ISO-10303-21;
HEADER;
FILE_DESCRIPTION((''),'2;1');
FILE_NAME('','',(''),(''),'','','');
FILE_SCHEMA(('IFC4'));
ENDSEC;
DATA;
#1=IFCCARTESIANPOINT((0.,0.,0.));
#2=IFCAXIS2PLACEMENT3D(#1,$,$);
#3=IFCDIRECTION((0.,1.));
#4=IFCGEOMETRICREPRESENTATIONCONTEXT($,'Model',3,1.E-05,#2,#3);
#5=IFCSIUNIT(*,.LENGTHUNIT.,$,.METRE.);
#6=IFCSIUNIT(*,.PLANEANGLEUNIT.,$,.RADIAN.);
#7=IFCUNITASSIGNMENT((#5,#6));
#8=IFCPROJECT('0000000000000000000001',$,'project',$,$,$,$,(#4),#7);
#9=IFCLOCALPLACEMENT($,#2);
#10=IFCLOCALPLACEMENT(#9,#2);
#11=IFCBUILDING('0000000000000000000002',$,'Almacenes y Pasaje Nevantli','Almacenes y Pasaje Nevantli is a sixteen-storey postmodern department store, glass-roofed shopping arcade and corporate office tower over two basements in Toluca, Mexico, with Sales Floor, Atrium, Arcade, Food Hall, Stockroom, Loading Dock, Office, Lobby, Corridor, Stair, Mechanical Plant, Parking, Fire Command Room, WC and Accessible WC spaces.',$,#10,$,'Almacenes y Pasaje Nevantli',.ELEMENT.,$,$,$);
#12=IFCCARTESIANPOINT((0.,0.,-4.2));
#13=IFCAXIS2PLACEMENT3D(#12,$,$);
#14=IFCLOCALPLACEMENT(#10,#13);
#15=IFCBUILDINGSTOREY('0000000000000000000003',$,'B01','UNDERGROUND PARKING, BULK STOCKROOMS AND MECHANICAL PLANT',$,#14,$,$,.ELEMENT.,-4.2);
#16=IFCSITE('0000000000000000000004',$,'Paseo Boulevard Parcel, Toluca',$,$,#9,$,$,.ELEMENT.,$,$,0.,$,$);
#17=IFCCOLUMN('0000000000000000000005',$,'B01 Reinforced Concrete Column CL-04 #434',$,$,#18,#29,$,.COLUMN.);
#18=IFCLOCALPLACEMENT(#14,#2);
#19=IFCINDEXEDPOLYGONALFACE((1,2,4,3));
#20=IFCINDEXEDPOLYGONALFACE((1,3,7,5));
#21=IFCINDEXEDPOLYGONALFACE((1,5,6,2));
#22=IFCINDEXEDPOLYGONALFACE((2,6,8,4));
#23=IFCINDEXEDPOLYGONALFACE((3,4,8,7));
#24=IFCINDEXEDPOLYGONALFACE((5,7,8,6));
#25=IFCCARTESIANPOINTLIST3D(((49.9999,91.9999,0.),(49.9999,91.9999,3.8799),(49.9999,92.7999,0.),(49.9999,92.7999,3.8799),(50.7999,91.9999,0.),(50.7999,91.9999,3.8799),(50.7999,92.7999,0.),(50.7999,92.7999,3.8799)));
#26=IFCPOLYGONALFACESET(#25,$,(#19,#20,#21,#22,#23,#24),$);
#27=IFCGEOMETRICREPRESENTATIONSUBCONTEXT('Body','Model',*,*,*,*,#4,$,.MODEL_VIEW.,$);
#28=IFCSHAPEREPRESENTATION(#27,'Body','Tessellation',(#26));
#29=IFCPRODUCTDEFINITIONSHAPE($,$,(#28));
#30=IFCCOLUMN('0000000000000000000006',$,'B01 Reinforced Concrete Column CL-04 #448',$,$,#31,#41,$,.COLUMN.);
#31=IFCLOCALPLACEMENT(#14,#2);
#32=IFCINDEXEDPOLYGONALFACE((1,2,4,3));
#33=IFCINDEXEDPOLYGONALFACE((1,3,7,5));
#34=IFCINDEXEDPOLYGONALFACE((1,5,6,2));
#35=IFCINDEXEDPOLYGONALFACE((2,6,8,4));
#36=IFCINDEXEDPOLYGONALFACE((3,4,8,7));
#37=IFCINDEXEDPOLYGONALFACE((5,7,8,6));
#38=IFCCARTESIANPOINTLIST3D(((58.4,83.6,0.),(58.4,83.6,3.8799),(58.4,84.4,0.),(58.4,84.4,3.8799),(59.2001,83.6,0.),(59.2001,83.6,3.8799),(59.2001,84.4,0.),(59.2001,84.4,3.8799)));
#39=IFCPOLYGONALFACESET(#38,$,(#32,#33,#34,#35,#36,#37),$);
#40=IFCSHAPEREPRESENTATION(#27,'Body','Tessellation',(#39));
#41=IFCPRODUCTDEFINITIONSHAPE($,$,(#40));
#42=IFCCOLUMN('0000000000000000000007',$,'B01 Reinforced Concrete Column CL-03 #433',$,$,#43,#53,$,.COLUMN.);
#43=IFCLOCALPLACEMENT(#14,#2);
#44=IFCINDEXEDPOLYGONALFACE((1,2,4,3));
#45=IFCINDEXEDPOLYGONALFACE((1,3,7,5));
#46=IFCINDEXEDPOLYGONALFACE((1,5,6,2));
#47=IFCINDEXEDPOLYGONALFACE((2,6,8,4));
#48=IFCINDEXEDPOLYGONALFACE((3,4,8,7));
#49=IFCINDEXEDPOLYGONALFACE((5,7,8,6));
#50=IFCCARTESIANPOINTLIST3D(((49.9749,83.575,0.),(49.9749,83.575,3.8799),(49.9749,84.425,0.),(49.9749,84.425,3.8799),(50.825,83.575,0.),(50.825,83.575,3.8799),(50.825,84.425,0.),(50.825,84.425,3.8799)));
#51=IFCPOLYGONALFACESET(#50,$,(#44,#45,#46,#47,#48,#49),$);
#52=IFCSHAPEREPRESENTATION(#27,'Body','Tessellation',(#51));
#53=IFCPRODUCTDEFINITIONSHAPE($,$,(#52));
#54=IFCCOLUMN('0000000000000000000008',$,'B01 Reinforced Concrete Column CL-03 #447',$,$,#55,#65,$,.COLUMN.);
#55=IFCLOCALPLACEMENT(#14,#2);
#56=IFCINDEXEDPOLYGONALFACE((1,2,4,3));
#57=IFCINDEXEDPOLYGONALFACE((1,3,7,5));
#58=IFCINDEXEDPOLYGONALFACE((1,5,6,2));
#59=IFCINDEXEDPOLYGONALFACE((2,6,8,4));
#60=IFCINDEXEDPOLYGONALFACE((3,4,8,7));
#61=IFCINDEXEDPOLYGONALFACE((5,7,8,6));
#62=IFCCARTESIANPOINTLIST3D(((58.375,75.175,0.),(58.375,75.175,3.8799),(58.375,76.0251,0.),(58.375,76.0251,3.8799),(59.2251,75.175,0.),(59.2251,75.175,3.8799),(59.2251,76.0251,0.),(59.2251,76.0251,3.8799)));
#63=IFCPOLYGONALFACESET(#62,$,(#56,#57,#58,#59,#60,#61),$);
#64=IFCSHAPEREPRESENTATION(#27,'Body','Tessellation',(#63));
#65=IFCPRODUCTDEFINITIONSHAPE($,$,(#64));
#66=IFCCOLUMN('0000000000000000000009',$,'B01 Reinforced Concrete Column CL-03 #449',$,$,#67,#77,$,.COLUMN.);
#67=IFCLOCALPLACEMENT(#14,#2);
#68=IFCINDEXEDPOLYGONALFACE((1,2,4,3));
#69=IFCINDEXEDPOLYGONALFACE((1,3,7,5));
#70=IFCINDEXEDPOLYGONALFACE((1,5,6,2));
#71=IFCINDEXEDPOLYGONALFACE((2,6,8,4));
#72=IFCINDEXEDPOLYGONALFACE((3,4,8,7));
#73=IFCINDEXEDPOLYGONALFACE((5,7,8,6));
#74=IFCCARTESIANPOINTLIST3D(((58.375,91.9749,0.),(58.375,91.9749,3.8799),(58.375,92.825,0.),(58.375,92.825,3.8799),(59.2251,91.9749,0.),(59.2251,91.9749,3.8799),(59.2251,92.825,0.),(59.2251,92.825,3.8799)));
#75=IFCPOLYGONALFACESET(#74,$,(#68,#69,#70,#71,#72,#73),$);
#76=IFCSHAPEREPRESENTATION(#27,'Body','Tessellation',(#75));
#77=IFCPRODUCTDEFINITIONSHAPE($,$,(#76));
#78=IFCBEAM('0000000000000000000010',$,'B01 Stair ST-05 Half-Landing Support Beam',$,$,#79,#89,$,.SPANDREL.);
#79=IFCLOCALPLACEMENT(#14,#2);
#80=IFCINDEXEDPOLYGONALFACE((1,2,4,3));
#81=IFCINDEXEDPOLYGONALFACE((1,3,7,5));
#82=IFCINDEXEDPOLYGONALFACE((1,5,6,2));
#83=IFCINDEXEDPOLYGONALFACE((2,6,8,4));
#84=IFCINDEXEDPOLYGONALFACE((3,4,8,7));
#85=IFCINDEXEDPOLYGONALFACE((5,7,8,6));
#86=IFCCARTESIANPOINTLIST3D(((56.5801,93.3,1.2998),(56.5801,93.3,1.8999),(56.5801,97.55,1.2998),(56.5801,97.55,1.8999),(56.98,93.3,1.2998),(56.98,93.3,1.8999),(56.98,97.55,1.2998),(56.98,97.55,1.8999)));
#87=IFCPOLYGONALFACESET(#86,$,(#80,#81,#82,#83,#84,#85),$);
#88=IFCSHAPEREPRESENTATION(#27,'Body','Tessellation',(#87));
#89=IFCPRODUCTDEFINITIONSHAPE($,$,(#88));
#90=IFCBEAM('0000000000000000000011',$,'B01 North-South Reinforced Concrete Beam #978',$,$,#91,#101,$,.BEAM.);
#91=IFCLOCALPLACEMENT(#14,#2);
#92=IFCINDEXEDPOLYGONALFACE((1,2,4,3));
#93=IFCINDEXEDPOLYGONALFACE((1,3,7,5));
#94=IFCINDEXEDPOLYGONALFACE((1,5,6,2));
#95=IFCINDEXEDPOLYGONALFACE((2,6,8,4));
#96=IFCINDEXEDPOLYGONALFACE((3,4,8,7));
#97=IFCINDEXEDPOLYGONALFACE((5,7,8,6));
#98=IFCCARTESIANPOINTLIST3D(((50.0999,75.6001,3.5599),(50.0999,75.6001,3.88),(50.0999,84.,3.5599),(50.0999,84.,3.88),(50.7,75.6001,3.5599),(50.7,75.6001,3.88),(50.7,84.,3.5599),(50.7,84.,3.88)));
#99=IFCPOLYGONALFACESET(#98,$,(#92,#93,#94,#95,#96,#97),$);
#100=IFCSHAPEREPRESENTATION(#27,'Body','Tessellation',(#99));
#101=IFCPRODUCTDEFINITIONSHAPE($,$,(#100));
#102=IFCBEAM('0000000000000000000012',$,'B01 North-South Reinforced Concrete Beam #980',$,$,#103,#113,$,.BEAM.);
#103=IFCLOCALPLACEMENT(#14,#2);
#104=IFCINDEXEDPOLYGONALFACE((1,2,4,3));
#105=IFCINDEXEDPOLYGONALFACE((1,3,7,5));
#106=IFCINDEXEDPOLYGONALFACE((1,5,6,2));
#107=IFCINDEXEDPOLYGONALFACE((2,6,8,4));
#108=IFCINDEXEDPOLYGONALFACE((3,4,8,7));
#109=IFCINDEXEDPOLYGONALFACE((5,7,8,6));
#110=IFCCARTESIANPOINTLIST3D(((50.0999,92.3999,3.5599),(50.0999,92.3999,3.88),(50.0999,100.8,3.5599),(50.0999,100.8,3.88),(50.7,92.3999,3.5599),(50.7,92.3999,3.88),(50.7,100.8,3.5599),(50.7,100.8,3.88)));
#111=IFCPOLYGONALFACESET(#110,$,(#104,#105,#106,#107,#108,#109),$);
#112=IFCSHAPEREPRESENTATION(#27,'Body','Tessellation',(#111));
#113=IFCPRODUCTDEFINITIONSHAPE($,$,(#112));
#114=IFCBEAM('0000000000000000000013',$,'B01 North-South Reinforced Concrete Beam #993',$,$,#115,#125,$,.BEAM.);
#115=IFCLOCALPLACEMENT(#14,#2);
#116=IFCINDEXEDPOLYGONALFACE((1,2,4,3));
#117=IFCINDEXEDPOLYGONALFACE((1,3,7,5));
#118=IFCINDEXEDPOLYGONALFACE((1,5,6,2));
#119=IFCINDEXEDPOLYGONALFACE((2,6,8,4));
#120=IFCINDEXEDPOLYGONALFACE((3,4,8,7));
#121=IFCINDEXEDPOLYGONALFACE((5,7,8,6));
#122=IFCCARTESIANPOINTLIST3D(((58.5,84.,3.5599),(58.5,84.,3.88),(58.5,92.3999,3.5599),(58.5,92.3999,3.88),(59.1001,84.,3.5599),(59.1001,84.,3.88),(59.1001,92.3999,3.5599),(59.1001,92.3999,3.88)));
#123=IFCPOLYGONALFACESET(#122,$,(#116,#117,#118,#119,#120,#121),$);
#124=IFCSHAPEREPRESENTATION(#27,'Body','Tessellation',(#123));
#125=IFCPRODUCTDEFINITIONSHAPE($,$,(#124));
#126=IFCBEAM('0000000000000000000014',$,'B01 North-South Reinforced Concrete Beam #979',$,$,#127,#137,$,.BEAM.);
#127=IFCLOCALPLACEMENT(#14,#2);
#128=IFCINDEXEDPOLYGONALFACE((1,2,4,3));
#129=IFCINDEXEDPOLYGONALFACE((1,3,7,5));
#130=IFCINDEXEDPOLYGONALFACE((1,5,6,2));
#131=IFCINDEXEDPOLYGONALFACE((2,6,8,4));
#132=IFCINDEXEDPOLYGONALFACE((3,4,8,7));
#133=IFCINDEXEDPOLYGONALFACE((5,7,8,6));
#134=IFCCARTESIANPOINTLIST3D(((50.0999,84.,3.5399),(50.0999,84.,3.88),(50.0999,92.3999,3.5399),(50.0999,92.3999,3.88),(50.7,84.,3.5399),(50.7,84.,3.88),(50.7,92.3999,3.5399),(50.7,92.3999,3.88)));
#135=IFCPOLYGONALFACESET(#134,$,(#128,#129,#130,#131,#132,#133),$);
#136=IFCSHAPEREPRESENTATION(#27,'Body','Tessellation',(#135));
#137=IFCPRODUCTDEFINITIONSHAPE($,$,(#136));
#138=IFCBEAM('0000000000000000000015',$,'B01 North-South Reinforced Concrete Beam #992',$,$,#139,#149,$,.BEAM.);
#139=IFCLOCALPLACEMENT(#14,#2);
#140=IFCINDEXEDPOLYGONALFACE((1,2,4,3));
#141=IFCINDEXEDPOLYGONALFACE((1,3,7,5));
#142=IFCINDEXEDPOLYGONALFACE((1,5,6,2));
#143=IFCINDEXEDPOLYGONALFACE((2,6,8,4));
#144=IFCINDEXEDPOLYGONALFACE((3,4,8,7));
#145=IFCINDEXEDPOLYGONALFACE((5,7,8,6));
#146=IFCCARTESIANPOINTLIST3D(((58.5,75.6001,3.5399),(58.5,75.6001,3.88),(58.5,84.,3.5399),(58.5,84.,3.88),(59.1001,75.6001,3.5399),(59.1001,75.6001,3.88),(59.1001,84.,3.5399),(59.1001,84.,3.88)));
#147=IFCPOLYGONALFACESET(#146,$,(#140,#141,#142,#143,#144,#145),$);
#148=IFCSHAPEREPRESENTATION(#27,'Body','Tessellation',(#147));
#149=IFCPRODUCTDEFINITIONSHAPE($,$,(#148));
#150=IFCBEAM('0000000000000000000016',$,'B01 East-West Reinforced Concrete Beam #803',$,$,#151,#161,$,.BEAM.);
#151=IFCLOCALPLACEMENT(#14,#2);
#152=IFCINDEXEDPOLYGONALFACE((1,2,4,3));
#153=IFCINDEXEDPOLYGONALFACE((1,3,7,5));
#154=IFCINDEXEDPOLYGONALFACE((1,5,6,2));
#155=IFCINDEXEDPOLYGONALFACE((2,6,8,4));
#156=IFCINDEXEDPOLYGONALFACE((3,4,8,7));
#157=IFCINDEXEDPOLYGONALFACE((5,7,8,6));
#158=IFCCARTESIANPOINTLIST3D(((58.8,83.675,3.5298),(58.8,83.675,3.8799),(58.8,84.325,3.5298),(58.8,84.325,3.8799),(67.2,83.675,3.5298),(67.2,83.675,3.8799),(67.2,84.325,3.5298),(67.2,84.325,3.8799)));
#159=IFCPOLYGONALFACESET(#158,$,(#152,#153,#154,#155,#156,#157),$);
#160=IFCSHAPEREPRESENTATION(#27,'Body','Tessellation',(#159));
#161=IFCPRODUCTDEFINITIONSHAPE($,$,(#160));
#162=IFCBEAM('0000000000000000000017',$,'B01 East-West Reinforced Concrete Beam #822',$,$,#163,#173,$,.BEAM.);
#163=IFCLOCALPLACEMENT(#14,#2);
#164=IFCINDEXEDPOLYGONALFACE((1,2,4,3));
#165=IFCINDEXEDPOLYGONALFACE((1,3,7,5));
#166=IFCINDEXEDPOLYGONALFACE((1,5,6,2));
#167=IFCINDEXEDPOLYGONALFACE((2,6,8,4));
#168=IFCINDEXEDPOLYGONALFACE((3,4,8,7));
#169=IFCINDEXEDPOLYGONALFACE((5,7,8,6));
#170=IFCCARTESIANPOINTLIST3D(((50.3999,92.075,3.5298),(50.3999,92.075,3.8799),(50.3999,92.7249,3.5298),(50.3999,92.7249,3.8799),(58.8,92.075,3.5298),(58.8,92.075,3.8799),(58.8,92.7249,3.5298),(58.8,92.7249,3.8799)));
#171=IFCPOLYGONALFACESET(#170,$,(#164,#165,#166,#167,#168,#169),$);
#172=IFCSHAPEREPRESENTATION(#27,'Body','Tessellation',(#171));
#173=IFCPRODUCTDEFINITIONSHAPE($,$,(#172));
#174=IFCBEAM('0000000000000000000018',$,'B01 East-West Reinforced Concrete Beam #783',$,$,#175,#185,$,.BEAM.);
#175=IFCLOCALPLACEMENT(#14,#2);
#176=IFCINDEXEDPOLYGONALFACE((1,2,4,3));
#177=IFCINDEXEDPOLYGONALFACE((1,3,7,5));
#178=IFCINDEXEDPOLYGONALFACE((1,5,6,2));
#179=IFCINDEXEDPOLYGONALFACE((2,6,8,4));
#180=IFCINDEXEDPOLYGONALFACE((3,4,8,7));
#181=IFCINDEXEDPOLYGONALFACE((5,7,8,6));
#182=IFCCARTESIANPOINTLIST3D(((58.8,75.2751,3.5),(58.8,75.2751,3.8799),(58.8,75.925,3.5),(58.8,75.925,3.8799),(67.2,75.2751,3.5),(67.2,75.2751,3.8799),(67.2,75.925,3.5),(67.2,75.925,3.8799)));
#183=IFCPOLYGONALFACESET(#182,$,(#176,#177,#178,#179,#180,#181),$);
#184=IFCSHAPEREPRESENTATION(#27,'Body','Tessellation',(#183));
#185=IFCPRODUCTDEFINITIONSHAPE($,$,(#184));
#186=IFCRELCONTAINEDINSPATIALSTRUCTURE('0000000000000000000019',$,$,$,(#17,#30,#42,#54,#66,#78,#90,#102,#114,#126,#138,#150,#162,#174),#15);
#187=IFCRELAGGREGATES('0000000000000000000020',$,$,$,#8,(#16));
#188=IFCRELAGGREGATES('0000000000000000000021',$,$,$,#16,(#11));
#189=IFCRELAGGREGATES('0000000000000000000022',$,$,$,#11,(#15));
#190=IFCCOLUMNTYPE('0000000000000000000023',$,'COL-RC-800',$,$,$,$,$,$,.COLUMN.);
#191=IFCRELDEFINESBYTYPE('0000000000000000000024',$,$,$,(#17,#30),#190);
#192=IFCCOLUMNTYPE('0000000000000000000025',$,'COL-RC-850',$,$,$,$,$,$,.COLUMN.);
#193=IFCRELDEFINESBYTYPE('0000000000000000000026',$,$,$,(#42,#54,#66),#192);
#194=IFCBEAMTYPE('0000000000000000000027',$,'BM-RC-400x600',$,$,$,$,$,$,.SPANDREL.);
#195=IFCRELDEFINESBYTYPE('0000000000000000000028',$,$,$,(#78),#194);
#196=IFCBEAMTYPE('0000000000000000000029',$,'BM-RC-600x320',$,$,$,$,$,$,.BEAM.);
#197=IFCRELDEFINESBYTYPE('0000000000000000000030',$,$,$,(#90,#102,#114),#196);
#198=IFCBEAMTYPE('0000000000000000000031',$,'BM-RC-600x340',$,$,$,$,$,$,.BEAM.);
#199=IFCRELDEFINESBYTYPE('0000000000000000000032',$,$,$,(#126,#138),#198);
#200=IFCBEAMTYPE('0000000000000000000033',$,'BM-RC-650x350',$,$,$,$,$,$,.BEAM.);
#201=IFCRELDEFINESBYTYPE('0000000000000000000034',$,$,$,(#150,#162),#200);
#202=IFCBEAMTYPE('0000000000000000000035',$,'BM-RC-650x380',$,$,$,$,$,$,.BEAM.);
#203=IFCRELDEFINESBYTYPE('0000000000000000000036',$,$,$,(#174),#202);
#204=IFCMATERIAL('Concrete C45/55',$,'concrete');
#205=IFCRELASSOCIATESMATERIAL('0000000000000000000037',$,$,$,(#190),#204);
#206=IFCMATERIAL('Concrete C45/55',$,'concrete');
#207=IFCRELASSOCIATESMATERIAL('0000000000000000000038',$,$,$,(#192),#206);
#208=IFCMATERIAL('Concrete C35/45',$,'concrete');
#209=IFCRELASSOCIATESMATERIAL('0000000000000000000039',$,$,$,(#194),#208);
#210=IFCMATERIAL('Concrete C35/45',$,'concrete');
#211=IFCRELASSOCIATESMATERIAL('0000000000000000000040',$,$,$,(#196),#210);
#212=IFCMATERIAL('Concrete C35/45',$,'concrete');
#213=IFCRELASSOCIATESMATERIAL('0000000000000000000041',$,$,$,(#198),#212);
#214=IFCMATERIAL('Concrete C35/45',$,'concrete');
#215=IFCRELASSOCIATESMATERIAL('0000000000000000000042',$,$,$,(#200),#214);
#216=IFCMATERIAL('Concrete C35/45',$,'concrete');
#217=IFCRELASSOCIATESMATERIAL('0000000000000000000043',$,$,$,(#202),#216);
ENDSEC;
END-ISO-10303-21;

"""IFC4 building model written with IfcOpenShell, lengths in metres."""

from ifc_helpers import new_model, si_unit, direction, frame, origin, origin_2d, place, context, subcontext, project, spatial, rectangle, extrude, material, material_profile, profile_set, type_object, element, save


model = new_model("IFC4")

# Units and contexts
model_context = context("Model", 3, precision=1e-05, world=origin(), true_north=direction((0.0, 1.0)))
body_context = subcontext(model_context, "Body", "Model", "MODEL_VIEW")
ifc_project = project(units=[si_unit("LENGTHUNIT", "METRE"), si_unit("PLANEANGLEUNIT", "RADIAN")], contexts=[model_context])

# Site, building, storey
site_placement = place(None, origin())
site = spatial("IfcSite", under=ifc_project, at=site_placement, Name="Paseo Boulevard Parcel, Toluca", CompositionType="ELEMENT", RefElevation=0.0)
building_placement = place(site_placement, origin())
building = spatial("IfcBuilding", under=site, at=building_placement, Name="Almacenes y Pasaje Nevantli", Description="Almacenes y Pasaje Nevantli is a sixteen-storey postmodern department store, glass-roofed shopping arcade and corporate office tower over two basements in Toluca, Mexico, with Sales Floor, Atrium, Arcade, Food Hall, Stockroom, Loading Dock, Office, Lobby, Corridor, Stair, Mechanical Plant, Parking, Fire Command Room, WC and Accessible WC spaces.", LongName="Almacenes y Pasaje Nevantli", CompositionType="ELEMENT")
storey_placement = place(building_placement, frame((0.0, 0.0, -4.2)))
storey = spatial("IfcBuildingStorey", under=building, at=storey_placement, Name="B01", Description="UNDERGROUND PARKING, BULK STOCKROOMS AND MECHANICAL PLANT", CompositionType="ELEMENT", Elevation=-4.2)

# Columns
ifc_material_1 = material(Name="Concrete C45/55", Category="concrete")
ifc_material_profile_1 = material_profile(ifc_material_1, rectangle(XDim=0.8, YDim=0.8, at=origin_2d()), Name="RC-COL-800x800")
ifc_profile_set_1 = profile_set([ifc_material_profile_1], Name="Concrete C45/55")
column_type_1 = type_object("IfcColumnType", Name="COL-RC-800", PredefinedType="COLUMN", material=ifc_profile_set_1)
for number, where, z_axis, x_axis, name in (
    (1, (50.3999, 92.3999, 0.0), (0.0, 0.0, 1.0), (1.0, 0.0, 0.0), "B01 Reinforced Concrete Column CL-04 #434"),
    (2, (58.8, 84.0, 0.0), (0.0, 0.0, 1.0), (1.0, 0.0, 0.0), "B01 Reinforced Concrete Column CL-04 #448"),
):
    element("IfcColumn", number, at=place(storey_placement, frame(where, z_axis=z_axis, x_axis=x_axis)), inside=storey, type_object=column_type_1, Name=name, PredefinedType="COLUMN", context=body_context, shape_type="SweptSolid", body=[
        extrude(rectangle(XDim=0.8, YDim=0.8, at=origin_2d()), origin(), (0.0, 0.0, 1.0), 3.8799),
    ])
ifc_material_2 = material(Name="Concrete C45/55", Category="concrete")
ifc_material_profile_2 = material_profile(ifc_material_2, rectangle(XDim=0.8501, YDim=0.8501, at=origin_2d()), Name="RC-COL-850x850")
ifc_profile_set_2 = profile_set([ifc_material_profile_2], Name="Concrete C45/55")
column_type_2 = type_object("IfcColumnType", Name="COL-RC-850", PredefinedType="COLUMN", material=ifc_profile_set_2)
for number, where, z_axis, x_axis, name in (
    (3, (50.3999, 84.0, 0.0), (0.0, 0.0, 1.0), (1.0, 0.0, 0.0), "B01 Reinforced Concrete Column CL-03 #433"),
    (4, (58.8, 75.6001, 0.0), (0.0, 0.0, 1.0), (1.0, 0.0, 0.0), "B01 Reinforced Concrete Column CL-03 #447"),
    (5, (58.8, 92.3999, 0.0), (0.0, 0.0, 1.0), (1.0, 0.0, 0.0), "B01 Reinforced Concrete Column CL-03 #449"),
):
    element("IfcColumn", number, at=place(storey_placement, frame(where, z_axis=z_axis, x_axis=x_axis)), inside=storey, type_object=column_type_2, Name=name, PredefinedType="COLUMN", context=body_context, shape_type="SweptSolid", body=[
        extrude(rectangle(XDim=0.8501, YDim=0.8501, at=origin_2d()), origin(), (0.0, 0.0, 1.0), 3.8799),
    ])

# Beams
ifc_material_3 = material(Name="Concrete C35/45", Category="concrete")
ifc_material_profile_3 = material_profile(ifc_material_3, rectangle(XDim=0.3999, YDim=0.6001, at=origin_2d()), Name="RC-BM-400x600")
ifc_profile_set_3 = profile_set([ifc_material_profile_3], Name="Concrete C35/45")
beam_type_1 = type_object("IfcBeamType", Name="BM-RC-400x600", PredefinedType="SPANDREL", material=ifc_profile_set_3)
beam_1_placement = place(storey_placement, frame((56.78, 93.3, 1.5999), z_axis=(0.0, 1.0, 0.0), x_axis=(-1.0, 0.0, 0.0)))
element("IfcBeam", 6, at=beam_1_placement, inside=storey, type_object=beam_type_1, Name="B01 Stair ST-05 Half-Landing Support Beam", PredefinedType="SPANDREL", context=body_context, shape_type="SweptSolid", body=[
    extrude(rectangle(XDim=0.3999, YDim=0.6001, at=origin_2d()), origin(), (0.0, 0.0, 1.0), 4.25),
])
ifc_material_4 = material(Name="Concrete C35/45", Category="concrete")
ifc_material_profile_4 = material_profile(ifc_material_4, rectangle(XDim=0.6001, YDim=0.3201, at=origin_2d()), Name="RC-BM-600x320")
ifc_profile_set_4 = profile_set([ifc_material_profile_4], Name="Concrete C35/45")
beam_type_2 = type_object("IfcBeamType", Name="BM-RC-600x320", PredefinedType="BEAM", material=ifc_profile_set_4)
beam_2_placement = place(storey_placement, frame((50.3999, 75.6001, 3.72), z_axis=(0.0, 1.0, 0.0), x_axis=(-1.0, 0.0, 0.0)))
element("IfcBeam", 7, at=beam_2_placement, inside=storey, type_object=beam_type_2, Name="B01 North-South Reinforced Concrete Beam #978", PredefinedType="BEAM", context=body_context, shape_type="SweptSolid", body=[
    extrude(rectangle(XDim=0.6001, YDim=0.3201, at=origin_2d()), origin(), (0.0, 0.0, 1.0), 8.3999),
])
beam_3_placement = place(storey_placement, frame((50.3999, 92.3999, 3.72), z_axis=(0.0, 1.0, 0.0), x_axis=(-1.0, 0.0, 0.0)))
element("IfcBeam", 8, at=beam_3_placement, inside=storey, type_object=beam_type_2, Name="B01 North-South Reinforced Concrete Beam #980", PredefinedType="BEAM", context=body_context, shape_type="SweptSolid", body=[
    extrude(rectangle(XDim=0.6001, YDim=0.3201, at=origin_2d()), origin(), (0.0, 0.0, 1.0), 8.4001),
])
beam_4_placement = place(storey_placement, frame((58.8, 84.0, 3.72), z_axis=(0.0, 1.0, 0.0), x_axis=(-1.0, 0.0, 0.0)))
element("IfcBeam", 9, at=beam_4_placement, inside=storey, type_object=beam_type_2, Name="B01 North-South Reinforced Concrete Beam #993", PredefinedType="BEAM", context=body_context, shape_type="SweptSolid", body=[
    extrude(rectangle(XDim=0.6001, YDim=0.3201, at=origin_2d()), origin(), (0.0, 0.0, 1.0), 8.3999),
])
ifc_material_5 = material(Name="Concrete C35/45", Category="concrete")
ifc_material_profile_5 = material_profile(ifc_material_5, rectangle(XDim=0.6001, YDim=0.3401, at=origin_2d()), Name="RC-BM-600x340")
ifc_profile_set_5 = profile_set([ifc_material_profile_5], Name="Concrete C35/45")
beam_type_3 = type_object("IfcBeamType", Name="BM-RC-600x340", PredefinedType="BEAM", material=ifc_profile_set_5)
for number, where, z_axis, x_axis, name in (
    (10, (50.3999, 84.0, 3.71), (0.0, 1.0, 0.0), (-1.0, 0.0, 0.0), "B01 North-South Reinforced Concrete Beam #979"),
    (11, (58.8, 75.6001, 3.71), (0.0, 1.0, 0.0), (-1.0, 0.0, 0.0), "B01 North-South Reinforced Concrete Beam #992"),
):
    element("IfcBeam", number, at=place(storey_placement, frame(where, z_axis=z_axis, x_axis=x_axis)), inside=storey, type_object=beam_type_3, Name=name, PredefinedType="BEAM", context=body_context, shape_type="SweptSolid", body=[
        extrude(rectangle(XDim=0.6001, YDim=0.3401, at=origin_2d()), origin(), (0.0, 0.0, 1.0), 8.3999),
    ])
ifc_material_6 = material(Name="Concrete C35/45", Category="concrete")
ifc_material_profile_6 = material_profile(ifc_material_6, rectangle(XDim=0.6499, YDim=0.3501, at=origin_2d()), Name="RC-BM-650x350")
ifc_profile_set_6 = profile_set([ifc_material_profile_6], Name="Concrete C35/45")
beam_type_4 = type_object("IfcBeamType", Name="BM-RC-650x350", PredefinedType="BEAM", material=ifc_profile_set_6)
beam_5_placement = place(storey_placement, frame((58.8, 84.0, 3.7048), z_axis=(1.0, 0.0, 0.0), x_axis=(0.0, 1.0, 0.0)))
element("IfcBeam", 12, at=beam_5_placement, inside=storey, type_object=beam_type_4, Name="B01 East-West Reinforced Concrete Beam #803", PredefinedType="BEAM", context=body_context, shape_type="SweptSolid", body=[
    extrude(rectangle(XDim=0.6499, YDim=0.3501, at=origin_2d()), origin(), (0.0, 0.0, 1.0), 8.3999),
])
beam_6_placement = place(storey_placement, frame((50.3999, 92.3999, 3.7048), z_axis=(1.0, 0.0, 0.0), x_axis=(0.0, 1.0, 0.0)))
element("IfcBeam", 13, at=beam_6_placement, inside=storey, type_object=beam_type_4, Name="B01 East-West Reinforced Concrete Beam #822", PredefinedType="BEAM", context=body_context, shape_type="SweptSolid", body=[
    extrude(rectangle(XDim=0.6499, YDim=0.3501, at=origin_2d()), origin(), (0.0, 0.0, 1.0), 8.4001),
])
ifc_material_7 = material(Name="Concrete C35/45", Category="concrete")
ifc_material_profile_7 = material_profile(ifc_material_7, rectangle(XDim=0.6499, YDim=0.3799, at=origin_2d()), Name="RC-BM-650x380")
ifc_profile_set_7 = profile_set([ifc_material_profile_7], Name="Concrete C35/45")
beam_type_5 = type_object("IfcBeamType", Name="BM-RC-650x380", PredefinedType="BEAM", material=ifc_profile_set_7)
beam_7_placement = place(storey_placement, frame((58.8, 75.6001, 3.6899), z_axis=(1.0, 0.0, 0.0), x_axis=(0.0, 1.0, 0.0)))
element("IfcBeam", 14, at=beam_7_placement, inside=storey, type_object=beam_type_5, Name="B01 East-West Reinforced Concrete Beam #783", PredefinedType="BEAM", context=body_context, shape_type="SweptSolid", body=[
    extrude(rectangle(XDim=0.6499, YDim=0.3799, at=origin_2d()), origin(), (0.0, 0.0, 1.0), 8.3999),
])

save(model, "model.ifc")
